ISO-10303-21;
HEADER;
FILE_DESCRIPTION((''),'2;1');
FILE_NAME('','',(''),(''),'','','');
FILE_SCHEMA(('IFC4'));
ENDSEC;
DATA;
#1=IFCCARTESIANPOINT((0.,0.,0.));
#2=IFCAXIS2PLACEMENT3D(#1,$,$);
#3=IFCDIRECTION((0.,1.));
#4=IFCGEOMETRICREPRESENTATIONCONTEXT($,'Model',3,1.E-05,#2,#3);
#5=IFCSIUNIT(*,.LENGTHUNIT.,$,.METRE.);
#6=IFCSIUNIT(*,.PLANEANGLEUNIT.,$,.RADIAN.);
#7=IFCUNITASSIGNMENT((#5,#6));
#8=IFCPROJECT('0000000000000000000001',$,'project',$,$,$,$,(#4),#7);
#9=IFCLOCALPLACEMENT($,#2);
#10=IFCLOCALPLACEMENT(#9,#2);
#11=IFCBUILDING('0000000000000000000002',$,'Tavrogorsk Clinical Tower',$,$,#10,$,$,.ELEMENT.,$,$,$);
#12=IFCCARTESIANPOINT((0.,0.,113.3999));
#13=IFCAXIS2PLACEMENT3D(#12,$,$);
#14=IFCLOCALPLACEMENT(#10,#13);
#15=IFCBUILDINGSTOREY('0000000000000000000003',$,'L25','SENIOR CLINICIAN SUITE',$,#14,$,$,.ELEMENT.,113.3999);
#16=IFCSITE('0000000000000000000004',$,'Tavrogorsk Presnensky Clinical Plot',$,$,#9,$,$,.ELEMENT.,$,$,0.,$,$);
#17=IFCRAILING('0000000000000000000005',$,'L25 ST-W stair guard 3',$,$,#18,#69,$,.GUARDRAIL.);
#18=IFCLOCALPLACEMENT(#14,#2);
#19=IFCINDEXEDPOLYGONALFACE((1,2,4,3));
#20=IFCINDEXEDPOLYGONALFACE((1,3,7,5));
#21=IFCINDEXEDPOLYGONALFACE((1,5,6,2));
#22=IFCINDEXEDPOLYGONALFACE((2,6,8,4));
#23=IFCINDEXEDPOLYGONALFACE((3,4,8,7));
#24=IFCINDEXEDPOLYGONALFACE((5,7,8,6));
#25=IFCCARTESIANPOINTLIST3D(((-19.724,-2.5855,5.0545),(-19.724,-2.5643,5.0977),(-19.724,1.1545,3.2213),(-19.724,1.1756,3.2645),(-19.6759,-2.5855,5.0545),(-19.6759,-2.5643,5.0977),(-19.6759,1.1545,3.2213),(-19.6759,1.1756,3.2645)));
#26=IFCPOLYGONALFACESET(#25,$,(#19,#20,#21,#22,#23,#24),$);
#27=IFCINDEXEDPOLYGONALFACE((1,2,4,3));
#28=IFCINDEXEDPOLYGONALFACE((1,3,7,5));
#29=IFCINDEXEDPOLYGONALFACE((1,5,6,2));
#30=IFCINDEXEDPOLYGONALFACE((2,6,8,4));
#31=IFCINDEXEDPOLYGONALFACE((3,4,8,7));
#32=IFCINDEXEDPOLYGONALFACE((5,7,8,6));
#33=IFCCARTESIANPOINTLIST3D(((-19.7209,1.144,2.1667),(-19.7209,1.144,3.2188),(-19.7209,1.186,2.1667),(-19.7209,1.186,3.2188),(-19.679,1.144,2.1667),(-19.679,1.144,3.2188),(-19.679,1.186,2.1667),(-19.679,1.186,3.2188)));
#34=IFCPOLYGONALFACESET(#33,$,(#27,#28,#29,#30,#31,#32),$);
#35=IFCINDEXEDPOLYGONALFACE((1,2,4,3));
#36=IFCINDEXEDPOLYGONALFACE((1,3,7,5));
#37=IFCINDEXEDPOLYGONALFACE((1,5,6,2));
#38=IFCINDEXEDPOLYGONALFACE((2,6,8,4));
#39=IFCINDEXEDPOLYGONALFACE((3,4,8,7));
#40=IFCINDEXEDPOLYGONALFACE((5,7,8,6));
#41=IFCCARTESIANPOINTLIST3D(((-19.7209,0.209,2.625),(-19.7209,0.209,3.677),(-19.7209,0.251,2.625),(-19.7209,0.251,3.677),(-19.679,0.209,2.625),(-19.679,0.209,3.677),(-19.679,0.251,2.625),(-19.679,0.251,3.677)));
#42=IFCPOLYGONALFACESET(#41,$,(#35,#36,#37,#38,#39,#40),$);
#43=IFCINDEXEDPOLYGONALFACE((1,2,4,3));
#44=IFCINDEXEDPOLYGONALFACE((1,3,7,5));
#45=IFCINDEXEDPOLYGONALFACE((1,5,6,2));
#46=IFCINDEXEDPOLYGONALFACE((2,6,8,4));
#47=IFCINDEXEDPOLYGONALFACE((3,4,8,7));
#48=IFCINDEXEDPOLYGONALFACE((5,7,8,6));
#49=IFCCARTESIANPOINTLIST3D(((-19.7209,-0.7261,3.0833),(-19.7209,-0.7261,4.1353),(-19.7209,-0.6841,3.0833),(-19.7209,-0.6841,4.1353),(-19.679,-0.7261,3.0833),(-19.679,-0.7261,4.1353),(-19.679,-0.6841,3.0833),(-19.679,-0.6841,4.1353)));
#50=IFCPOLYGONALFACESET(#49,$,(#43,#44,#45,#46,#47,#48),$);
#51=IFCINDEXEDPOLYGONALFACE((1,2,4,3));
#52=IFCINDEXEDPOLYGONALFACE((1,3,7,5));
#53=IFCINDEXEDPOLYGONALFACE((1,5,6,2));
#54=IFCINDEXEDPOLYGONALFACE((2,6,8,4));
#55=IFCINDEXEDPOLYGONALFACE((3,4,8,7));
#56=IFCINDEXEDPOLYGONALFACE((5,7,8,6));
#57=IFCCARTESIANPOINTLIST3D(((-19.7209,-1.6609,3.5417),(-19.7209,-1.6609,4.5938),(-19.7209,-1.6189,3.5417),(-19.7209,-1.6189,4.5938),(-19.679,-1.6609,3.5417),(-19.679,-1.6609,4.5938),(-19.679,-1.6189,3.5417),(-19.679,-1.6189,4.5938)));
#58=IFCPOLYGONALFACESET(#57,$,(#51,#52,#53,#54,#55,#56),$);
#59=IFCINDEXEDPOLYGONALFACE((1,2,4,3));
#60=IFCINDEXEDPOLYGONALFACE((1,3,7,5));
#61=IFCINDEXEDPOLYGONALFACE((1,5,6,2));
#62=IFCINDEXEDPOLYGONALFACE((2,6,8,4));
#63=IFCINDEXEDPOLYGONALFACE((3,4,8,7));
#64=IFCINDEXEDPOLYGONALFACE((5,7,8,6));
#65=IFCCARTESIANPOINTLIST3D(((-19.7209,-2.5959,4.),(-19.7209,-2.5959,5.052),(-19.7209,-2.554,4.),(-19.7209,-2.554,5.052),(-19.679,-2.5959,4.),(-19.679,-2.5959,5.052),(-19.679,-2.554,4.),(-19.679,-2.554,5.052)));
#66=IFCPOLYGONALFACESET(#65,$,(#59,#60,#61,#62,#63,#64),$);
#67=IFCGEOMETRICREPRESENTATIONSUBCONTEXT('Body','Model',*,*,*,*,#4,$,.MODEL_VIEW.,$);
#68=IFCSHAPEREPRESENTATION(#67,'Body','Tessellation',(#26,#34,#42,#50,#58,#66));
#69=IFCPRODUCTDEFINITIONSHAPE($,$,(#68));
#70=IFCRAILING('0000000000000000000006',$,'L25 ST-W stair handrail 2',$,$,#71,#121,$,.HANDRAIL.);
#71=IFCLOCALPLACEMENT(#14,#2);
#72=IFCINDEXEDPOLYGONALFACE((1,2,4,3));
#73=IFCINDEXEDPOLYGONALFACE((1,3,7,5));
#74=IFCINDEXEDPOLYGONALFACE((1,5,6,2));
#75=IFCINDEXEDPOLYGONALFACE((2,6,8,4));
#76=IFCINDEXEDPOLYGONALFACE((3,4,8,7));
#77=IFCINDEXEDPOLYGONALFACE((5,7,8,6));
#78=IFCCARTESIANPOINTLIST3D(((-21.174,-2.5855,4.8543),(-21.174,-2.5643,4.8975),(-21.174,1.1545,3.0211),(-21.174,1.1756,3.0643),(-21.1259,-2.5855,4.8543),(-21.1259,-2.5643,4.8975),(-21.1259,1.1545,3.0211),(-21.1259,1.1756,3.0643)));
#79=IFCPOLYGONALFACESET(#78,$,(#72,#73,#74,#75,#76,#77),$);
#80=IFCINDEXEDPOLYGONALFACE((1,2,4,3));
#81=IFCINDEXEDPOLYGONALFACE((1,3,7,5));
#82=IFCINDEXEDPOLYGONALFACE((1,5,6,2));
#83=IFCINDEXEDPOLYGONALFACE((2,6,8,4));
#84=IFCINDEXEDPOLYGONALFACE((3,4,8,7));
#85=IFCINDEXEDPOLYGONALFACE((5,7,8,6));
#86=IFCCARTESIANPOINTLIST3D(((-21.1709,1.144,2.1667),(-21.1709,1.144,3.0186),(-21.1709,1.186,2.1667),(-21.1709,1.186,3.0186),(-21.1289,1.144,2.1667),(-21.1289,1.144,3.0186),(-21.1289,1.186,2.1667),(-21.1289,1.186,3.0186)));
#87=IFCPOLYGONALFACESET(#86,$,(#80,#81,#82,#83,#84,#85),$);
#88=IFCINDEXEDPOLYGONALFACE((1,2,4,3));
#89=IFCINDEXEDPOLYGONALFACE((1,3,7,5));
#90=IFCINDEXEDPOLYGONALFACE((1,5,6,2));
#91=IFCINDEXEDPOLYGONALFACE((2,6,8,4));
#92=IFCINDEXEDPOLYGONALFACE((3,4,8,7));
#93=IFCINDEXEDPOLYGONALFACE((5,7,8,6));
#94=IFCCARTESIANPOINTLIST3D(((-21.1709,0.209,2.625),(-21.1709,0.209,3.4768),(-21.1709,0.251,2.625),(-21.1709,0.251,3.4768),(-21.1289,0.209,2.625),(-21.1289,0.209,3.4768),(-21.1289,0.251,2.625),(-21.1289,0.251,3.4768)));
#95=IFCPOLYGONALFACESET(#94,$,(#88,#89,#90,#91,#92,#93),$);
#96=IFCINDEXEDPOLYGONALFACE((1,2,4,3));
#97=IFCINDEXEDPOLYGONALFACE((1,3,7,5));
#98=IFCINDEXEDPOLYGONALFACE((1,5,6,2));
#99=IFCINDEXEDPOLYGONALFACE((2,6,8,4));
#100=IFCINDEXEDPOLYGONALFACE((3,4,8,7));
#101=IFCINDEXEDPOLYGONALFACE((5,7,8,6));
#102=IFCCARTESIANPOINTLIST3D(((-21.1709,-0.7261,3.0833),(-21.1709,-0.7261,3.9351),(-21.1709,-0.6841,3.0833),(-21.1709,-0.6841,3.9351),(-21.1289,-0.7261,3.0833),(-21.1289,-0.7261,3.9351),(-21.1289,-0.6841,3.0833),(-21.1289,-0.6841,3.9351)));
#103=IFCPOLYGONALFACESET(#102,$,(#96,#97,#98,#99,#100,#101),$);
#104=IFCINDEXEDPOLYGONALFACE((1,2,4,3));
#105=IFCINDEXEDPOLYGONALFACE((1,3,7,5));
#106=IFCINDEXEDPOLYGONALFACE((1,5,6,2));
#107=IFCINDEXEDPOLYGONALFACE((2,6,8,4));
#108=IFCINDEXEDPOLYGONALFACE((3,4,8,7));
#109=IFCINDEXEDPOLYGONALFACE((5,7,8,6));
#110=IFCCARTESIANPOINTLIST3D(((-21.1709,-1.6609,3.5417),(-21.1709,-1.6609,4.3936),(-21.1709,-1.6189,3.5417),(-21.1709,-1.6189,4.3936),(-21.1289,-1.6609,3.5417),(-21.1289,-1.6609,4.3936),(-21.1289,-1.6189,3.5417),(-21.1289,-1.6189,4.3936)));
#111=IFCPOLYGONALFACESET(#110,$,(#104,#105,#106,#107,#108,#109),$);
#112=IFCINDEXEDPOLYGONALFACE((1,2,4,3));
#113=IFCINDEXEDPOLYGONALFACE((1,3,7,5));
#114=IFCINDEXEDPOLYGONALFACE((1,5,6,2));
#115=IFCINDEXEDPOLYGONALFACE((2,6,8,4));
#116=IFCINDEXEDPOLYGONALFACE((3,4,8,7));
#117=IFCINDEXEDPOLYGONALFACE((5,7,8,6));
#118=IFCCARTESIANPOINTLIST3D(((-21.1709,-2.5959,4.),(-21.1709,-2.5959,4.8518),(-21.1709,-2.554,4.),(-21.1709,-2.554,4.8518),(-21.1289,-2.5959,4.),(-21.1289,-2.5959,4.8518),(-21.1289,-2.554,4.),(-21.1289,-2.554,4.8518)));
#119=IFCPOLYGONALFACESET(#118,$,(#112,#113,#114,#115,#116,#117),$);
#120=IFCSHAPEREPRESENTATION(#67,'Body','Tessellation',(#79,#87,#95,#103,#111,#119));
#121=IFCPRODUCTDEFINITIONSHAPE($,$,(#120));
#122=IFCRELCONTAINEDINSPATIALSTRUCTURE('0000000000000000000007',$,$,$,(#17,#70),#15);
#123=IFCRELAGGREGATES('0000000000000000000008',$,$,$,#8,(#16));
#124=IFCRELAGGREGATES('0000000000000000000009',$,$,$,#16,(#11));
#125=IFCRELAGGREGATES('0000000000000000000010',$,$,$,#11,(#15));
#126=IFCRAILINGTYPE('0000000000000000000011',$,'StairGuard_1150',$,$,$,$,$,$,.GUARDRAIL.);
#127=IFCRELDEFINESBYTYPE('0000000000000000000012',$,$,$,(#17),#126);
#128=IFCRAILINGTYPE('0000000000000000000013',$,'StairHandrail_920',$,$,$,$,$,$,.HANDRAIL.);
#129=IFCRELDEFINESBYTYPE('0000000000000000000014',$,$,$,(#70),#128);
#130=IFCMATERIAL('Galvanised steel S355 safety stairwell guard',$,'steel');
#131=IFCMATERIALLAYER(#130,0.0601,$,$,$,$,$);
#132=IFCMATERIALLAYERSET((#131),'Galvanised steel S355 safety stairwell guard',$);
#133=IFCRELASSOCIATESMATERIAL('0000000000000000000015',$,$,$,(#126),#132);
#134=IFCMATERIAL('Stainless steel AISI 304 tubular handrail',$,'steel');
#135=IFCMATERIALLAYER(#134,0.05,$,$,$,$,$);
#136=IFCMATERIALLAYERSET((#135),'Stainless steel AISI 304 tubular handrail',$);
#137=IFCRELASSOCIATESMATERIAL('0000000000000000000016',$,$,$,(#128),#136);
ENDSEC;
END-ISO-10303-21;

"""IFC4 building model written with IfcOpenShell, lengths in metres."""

from ifc_helpers import new_model, si_unit, direction, frame, origin, origin_2d, place, context, subcontext, project, spatial, rectangle, extrude, material, layer, layer_set, type_object, element, save


model = new_model("IFC4")

# Units and contexts
model_context = context("Model", 3, precision=1e-05, world=origin(), true_north=direction((0.0, 1.0)))
body_context = subcontext(model_context, "Body", "Model", "MODEL_VIEW")
ifc_project = project(units=[si_unit("LENGTHUNIT", "METRE"), si_unit("PLANEANGLEUNIT", "RADIAN")], contexts=[model_context])

# Site, building, storey
site_placement = place(None, origin())
site = spatial("IfcSite", under=ifc_project, at=site_placement, Name="Tavrogorsk Presnensky Clinical Plot", CompositionType="ELEMENT", RefElevation=0.0)
building_placement = place(site_placement, origin())
building = spatial("IfcBuilding", under=site, at=building_placement, Name="Tavrogorsk Clinical Tower", CompositionType="ELEMENT")
storey_placement = place(building_placement, frame((0.0, 0.0, 113.3999)))
storey = spatial("IfcBuildingStorey", under=building, at=storey_placement, Name="L25", Description="SENIOR CLINICIAN SUITE", CompositionType="ELEMENT", Elevation=113.3999)

# Railings
ifc_material_1 = material(Name="Galvanised steel S355 safety stairwell guard", Category="steel")
ifc_layer_1 = layer(ifc_material_1, 0.0601)
ifc_layer_set_1 = layer_set([ifc_layer_1], Name="Galvanised steel S355 safety stairwell guard")
railing_type_1 = type_object("IfcRailingType", Name="StairGuard_1150", PredefinedType="GUARDRAIL", material=ifc_layer_set_1)
railing_1_placement = place(storey_placement, frame((-19.7, 1.165, 2.1667)))
element("IfcRailing", 1, at=railing_1_placement, inside=storey, type_object=railing_type_1, Name="L25 ST-W stair guard 3", PredefinedType="GUARDRAIL", context=body_context, shape_type="SweptSolid", body=[
    extrude(rectangle(XDim=0.0481, YDim=0.0481, at=origin_2d()), frame((0.0, 0.0, 1.0762), z_axis=(0.0, -0.897928, 0.440142), x_axis=(1.0, 0.0, 0.0)), (0.0, 0.0, 1.0), 4.165),
    extrude(rectangle(XDim=0.042, YDim=0.042, at=origin_2d()), origin(), (0.0, 0.0, 1.0), 1.052),
    extrude(rectangle(XDim=0.042, YDim=0.042, at=origin_2d()), frame((0.0, -0.9351, 0.4583)), (0.0, 0.0, 1.0), 1.052),
    extrude(rectangle(XDim=0.042, YDim=0.042, at=origin_2d()), frame((0.0, -1.8701, 0.9165)), (0.0, 0.0, 1.0), 1.052),
    extrude(rectangle(XDim=0.042, YDim=0.042, at=origin_2d()), frame((0.0, -2.8049, 1.375)), (0.0, 0.0, 1.0), 1.052),
    extrude(rectangle(XDim=0.042, YDim=0.042, at=origin_2d()), frame((0.0, -3.74, 1.8333)), (0.0, 0.0, 1.0), 1.052),
])
ifc_material_2 = material(Name="Stainless steel AISI 304 tubular handrail", Category="steel")
ifc_layer_2 = layer(ifc_material_2, 0.05)
ifc_layer_set_2 = layer_set([ifc_layer_2], Name="Stainless steel AISI 304 tubular handrail")
railing_type_2 = type_object("IfcRailingType", Name="StairHandrail_920", PredefinedType="HANDRAIL", material=ifc_layer_set_2)
railing_2_placement = place(storey_placement, frame((-21.1499, 1.165, 2.1667)))
element("IfcRailing", 2, at=railing_2_placement, inside=storey, type_object=railing_type_2, Name="L25 ST-W stair handrail 2", PredefinedType="HANDRAIL", context=body_context, shape_type="SweptSolid", body=[
    extrude(rectangle(XDim=0.0481, YDim=0.0481, at=origin_2d()), frame((0.0, 0.0, 0.876), z_axis=(0.0, -0.897928, 0.440142), x_axis=(1.0, 0.0, 0.0)), (0.0, 0.0, 1.0), 4.165),
    extrude(rectangle(XDim=0.042, YDim=0.042, at=origin_2d()), origin(), (0.0, 0.0, 1.0), 0.8518),
    extrude(rectangle(XDim=0.042, YDim=0.042, at=origin_2d()), frame((0.0, -0.9351, 0.4583)), (0.0, 0.0, 1.0), 0.8518),
    extrude(rectangle(XDim=0.042, YDim=0.042, at=origin_2d()), frame((0.0, -1.8701, 0.9165)), (0.0, 0.0, 1.0), 0.8518),
    extrude(rectangle(XDim=0.042, YDim=0.042, at=origin_2d()), frame((0.0, -2.8049, 1.375)), (0.0, 0.0, 1.0), 0.8518),
    extrude(rectangle(XDim=0.042, YDim=0.042, at=origin_2d()), frame((0.0, -3.74, 1.8333)), (0.0, 0.0, 1.0), 0.8518),
])

save(model, "model.ifc")
